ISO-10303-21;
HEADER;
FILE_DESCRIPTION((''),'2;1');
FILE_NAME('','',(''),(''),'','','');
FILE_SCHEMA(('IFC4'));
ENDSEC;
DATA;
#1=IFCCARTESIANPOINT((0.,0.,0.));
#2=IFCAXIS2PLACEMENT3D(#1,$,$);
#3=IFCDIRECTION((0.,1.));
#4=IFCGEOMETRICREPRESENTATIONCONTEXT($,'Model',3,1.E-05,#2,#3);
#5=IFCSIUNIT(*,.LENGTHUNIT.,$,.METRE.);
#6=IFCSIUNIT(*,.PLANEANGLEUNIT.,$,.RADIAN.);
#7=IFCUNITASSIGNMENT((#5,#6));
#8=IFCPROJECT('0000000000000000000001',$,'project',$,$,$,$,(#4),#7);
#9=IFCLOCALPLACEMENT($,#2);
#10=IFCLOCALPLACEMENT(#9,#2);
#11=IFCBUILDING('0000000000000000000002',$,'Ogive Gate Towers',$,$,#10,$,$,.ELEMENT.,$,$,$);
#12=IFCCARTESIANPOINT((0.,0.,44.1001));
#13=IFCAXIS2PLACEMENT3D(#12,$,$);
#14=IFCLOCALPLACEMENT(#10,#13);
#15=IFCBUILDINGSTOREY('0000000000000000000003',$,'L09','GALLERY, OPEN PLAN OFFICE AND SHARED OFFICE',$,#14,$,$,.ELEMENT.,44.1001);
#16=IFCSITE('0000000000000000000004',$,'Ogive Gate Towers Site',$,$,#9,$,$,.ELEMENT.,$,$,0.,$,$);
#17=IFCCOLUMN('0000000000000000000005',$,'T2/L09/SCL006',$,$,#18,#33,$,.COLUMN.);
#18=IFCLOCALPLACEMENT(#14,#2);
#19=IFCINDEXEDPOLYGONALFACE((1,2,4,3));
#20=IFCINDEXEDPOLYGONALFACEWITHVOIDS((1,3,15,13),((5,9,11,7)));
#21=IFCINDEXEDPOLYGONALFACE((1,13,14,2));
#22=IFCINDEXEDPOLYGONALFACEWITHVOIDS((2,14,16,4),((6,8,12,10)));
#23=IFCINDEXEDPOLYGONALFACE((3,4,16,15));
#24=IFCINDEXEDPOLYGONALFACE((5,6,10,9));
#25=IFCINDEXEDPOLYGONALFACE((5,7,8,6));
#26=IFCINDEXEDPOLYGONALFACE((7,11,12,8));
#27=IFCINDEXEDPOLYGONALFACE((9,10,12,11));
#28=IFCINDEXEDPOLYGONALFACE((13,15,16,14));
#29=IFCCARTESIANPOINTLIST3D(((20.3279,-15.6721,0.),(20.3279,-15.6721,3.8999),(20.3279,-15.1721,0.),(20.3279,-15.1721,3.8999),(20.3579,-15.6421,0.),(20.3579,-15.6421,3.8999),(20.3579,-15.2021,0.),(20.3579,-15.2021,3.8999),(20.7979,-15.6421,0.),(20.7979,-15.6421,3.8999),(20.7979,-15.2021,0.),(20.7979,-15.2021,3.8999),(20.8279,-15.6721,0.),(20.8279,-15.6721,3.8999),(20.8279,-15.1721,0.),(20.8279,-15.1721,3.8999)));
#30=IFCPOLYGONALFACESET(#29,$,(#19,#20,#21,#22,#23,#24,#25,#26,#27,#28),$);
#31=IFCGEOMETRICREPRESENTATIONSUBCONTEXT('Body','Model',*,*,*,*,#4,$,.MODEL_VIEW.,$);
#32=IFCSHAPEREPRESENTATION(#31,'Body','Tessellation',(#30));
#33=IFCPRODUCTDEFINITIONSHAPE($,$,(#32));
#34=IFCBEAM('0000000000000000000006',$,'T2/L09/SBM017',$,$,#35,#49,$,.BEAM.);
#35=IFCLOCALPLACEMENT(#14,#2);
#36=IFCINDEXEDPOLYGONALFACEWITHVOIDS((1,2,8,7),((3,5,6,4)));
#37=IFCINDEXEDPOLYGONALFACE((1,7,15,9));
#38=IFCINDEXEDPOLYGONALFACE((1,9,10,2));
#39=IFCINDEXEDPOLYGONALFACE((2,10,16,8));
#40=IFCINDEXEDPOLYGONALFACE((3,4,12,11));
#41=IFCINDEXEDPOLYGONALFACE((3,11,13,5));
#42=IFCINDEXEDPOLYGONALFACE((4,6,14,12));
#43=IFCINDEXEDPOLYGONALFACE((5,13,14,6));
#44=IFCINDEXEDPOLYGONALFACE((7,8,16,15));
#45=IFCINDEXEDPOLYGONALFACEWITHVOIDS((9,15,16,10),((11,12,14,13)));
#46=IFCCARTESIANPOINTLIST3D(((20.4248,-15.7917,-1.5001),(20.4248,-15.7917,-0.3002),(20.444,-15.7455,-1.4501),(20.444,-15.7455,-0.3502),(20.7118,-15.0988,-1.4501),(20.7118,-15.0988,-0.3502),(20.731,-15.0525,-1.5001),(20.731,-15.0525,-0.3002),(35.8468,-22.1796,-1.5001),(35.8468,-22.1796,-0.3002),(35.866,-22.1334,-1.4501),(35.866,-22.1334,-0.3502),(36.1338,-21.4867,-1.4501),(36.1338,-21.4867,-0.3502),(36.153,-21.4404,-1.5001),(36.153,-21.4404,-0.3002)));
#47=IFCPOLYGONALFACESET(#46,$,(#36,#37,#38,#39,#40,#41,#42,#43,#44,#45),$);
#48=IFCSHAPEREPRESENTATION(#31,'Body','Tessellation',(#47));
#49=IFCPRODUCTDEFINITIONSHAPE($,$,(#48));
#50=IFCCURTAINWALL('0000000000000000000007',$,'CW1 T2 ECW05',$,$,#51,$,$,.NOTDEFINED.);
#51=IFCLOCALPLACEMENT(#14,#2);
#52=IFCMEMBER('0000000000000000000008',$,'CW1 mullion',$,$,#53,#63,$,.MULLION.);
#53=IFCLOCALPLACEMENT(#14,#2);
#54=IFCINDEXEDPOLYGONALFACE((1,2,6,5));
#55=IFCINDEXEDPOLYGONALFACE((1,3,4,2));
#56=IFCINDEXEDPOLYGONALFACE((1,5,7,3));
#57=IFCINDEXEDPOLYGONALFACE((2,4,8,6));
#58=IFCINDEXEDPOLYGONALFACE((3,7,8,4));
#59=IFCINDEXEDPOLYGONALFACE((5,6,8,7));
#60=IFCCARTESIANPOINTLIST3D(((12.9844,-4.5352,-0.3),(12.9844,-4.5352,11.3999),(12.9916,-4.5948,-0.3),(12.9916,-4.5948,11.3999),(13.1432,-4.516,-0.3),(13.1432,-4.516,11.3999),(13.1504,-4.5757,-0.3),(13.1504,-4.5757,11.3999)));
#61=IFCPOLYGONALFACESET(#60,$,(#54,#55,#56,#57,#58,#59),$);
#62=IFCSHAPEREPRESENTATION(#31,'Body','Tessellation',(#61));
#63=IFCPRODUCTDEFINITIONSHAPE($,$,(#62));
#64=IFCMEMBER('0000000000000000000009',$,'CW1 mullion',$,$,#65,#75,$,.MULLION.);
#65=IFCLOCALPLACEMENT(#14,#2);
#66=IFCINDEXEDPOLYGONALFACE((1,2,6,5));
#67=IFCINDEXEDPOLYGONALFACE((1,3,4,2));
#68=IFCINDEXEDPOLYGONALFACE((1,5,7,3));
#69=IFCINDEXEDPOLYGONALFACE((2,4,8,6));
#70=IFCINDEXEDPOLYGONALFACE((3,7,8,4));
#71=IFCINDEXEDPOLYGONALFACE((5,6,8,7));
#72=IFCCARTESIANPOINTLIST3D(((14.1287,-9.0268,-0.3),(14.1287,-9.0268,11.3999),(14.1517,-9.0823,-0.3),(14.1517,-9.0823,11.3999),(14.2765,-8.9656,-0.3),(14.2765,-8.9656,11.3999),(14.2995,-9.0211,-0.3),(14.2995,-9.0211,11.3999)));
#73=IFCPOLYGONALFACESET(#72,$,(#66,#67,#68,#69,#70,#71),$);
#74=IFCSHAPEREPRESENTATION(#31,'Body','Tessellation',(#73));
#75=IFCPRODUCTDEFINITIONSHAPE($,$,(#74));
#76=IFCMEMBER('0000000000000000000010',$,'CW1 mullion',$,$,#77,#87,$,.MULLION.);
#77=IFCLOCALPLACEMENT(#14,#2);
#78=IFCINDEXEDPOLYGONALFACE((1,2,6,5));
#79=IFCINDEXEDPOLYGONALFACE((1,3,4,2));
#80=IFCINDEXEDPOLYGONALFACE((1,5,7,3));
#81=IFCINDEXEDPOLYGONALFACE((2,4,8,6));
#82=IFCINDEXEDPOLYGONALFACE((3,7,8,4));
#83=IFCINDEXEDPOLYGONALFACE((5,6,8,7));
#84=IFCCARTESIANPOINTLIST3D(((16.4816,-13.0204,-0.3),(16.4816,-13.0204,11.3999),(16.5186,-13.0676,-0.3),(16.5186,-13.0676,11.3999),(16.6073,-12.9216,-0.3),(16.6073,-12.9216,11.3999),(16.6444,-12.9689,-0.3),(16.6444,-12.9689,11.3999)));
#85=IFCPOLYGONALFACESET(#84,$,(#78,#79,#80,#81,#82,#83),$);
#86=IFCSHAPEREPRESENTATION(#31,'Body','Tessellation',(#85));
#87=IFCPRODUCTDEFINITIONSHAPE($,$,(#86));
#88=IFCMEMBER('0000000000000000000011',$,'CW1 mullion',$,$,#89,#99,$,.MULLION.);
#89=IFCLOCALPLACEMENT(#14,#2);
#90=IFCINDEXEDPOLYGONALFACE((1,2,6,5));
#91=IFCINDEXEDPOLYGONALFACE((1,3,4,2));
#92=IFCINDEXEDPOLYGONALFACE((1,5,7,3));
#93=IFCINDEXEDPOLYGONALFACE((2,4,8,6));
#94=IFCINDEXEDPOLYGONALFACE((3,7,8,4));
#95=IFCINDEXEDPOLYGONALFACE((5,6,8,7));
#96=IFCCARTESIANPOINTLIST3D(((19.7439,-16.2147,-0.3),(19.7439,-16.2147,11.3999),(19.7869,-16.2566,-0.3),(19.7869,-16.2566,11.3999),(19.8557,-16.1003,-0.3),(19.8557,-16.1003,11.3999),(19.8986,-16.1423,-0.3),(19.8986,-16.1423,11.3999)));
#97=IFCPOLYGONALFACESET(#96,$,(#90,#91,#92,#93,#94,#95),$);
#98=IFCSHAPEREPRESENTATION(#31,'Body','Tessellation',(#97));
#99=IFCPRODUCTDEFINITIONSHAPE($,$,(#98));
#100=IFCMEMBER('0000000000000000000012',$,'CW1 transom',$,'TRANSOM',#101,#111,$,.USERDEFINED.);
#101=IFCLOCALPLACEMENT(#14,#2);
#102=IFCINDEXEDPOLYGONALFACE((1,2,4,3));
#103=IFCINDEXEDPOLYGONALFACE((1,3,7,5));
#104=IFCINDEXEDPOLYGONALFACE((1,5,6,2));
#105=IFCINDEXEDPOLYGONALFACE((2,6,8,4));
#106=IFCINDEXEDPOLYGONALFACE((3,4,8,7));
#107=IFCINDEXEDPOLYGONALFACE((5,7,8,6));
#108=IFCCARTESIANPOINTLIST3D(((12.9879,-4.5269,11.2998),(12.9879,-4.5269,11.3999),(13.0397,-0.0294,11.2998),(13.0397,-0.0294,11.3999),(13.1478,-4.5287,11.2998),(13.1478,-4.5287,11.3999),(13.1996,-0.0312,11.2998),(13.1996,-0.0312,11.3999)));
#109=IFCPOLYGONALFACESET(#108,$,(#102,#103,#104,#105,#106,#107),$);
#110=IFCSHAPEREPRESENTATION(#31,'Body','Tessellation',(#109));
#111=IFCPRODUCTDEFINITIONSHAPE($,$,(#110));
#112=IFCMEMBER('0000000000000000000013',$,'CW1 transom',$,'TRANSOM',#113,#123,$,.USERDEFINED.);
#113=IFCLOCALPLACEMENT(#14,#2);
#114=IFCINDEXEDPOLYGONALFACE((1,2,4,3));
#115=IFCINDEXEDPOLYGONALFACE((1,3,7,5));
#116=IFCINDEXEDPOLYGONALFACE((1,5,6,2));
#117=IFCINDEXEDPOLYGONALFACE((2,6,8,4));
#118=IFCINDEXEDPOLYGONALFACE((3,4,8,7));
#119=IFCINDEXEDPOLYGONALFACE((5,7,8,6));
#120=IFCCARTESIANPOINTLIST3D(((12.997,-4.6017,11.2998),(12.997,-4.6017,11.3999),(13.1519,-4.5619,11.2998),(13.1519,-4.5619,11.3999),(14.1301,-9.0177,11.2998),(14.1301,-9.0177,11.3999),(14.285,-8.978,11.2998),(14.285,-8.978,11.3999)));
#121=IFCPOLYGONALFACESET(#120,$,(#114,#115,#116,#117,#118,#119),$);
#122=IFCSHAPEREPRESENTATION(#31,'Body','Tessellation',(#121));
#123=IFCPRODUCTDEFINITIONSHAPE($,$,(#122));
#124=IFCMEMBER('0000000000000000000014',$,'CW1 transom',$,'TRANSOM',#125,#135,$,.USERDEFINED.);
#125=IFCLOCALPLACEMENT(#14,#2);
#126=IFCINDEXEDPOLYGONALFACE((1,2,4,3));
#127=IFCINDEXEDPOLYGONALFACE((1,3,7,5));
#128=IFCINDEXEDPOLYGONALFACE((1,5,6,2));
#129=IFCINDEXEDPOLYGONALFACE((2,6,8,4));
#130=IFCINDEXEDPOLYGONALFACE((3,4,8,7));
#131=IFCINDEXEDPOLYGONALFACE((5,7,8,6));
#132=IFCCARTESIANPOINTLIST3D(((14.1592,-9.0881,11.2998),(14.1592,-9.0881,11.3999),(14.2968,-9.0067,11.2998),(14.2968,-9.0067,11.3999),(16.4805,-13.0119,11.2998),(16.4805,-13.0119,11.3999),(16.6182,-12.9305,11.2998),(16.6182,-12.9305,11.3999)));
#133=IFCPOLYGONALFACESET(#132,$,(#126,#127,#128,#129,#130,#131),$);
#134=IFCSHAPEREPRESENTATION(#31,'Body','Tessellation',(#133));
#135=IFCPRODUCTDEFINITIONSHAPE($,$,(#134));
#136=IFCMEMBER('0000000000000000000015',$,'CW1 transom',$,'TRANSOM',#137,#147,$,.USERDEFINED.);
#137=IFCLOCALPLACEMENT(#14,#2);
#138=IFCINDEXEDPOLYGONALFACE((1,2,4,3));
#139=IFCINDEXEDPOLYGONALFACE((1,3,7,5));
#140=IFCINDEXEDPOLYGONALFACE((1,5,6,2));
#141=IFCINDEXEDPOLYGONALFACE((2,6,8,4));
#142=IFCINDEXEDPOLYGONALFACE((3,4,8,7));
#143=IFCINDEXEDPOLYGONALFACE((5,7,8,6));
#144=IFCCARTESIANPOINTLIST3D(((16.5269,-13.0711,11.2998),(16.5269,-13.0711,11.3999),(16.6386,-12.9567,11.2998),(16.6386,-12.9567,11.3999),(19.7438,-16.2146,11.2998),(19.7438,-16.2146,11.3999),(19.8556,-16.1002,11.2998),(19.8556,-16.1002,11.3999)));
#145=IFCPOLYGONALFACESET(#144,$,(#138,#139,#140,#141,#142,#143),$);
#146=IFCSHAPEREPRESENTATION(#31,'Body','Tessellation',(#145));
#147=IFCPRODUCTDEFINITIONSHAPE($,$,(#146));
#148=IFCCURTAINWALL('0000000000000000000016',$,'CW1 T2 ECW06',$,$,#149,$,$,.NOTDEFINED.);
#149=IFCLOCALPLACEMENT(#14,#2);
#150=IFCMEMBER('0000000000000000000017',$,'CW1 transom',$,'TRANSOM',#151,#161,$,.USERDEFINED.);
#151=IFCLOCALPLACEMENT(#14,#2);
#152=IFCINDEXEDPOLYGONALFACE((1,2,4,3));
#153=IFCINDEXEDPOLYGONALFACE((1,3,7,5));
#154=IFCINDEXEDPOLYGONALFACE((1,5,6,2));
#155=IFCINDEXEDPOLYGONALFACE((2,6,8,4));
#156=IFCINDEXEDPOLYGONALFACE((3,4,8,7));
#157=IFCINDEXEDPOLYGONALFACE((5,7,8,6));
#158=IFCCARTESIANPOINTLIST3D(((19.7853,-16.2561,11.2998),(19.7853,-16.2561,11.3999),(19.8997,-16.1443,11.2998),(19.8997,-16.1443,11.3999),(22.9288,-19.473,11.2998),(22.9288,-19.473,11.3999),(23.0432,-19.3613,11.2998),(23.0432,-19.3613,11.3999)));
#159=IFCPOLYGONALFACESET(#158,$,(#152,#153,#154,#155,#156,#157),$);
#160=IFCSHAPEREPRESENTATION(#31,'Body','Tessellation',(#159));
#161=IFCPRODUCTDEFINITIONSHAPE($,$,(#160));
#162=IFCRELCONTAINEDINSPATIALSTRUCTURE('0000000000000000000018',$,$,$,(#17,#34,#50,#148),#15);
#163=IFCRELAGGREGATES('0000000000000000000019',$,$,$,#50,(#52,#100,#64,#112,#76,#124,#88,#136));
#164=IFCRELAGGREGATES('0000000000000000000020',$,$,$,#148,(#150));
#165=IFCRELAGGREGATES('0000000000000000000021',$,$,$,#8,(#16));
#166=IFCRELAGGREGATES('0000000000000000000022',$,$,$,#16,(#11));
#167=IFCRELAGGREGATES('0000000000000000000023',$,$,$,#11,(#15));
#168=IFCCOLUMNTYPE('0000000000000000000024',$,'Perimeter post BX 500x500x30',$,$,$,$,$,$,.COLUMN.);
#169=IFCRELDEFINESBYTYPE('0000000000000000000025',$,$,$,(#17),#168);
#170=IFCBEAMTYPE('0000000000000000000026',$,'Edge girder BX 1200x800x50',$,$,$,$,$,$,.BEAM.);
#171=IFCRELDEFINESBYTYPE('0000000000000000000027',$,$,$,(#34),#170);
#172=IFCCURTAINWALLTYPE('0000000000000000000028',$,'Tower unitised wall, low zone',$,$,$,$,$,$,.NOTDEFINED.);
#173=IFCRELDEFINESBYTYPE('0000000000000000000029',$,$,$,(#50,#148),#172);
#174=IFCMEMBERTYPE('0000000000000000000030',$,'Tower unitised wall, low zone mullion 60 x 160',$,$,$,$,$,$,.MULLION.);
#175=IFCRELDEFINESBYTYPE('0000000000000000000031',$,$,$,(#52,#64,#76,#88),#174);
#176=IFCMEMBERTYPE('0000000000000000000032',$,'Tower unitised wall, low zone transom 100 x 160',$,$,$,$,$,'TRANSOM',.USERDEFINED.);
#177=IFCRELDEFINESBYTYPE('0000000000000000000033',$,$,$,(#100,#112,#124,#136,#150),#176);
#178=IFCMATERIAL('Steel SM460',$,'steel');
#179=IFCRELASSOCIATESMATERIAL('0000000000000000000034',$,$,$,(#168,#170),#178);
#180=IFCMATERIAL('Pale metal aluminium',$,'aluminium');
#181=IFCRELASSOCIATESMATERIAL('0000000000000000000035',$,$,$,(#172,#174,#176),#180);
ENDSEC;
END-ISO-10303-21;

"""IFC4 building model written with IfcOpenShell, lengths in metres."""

from ifc_helpers import new_model, si_unit, direction, frame, origin, origin_2d, place, context, subcontext, project, spatial, rectangle, hollow_rectangle, extrude, material, material_profile, profile_set, type_object, element, aggregate, save


model = new_model("IFC4")

# Units and contexts
model_context = context("Model", 3, precision=1e-05, world=origin(), true_north=direction((0.0, 1.0)))
body_context = subcontext(model_context, "Body", "Model", "MODEL_VIEW")
ifc_project = project(units=[si_unit("LENGTHUNIT", "METRE"), si_unit("PLANEANGLEUNIT", "RADIAN")], contexts=[model_context])

# Site, building, storey
site_placement = place(None, origin())
site = spatial("IfcSite", under=ifc_project, at=site_placement, Name="Ogive Gate Towers Site", CompositionType="ELEMENT", RefElevation=0.0)
building_placement = place(site_placement, origin())
building = spatial("IfcBuilding", under=site, at=building_placement, Name="Ogive Gate Towers", CompositionType="ELEMENT")
storey_placement = place(building_placement, frame((0.0, 0.0, 44.1001)))
storey = spatial("IfcBuildingStorey", under=building, at=storey_placement, Name="L09", Description="GALLERY, OPEN PLAN OFFICE AND SHARED OFFICE", CompositionType="ELEMENT", Elevation=44.1001)

# Column
ifc_material_1 = material(Name="Steel SM460", Category="steel")
ifc_material_profile_1 = material_profile(ifc_material_1, hollow_rectangle(XDim=0.5, YDim=0.5, WallThickness=0.03, at=origin_2d()), Name="BX 500x500x30")
ifc_profile_set_1 = profile_set([ifc_material_profile_1], Name="Steel SM460")
column_type = type_object("IfcColumnType", Name="Perimeter post BX 500x500x30", PredefinedType="COLUMN", material=ifc_profile_set_1)
column_placement = place(storey_placement, frame((20.5779, -15.4221, 0.0), z_axis=(0.0, 0.0, 1.0), x_axis=(1.0, 0.0, 0.0)))
element("IfcColumn", 1, at=column_placement, inside=storey, type_object=column_type, Name="T2/L09/SCL006", PredefinedType="COLUMN", context=body_context, shape_type="SweptSolid", body=[
    extrude(hollow_rectangle(XDim=0.5, YDim=0.5, WallThickness=0.03, at=origin_2d()), origin(), (0.0, 0.0, 1.0), 3.8999),
])

# Beam
ifc_material_profile_2 = material_profile(ifc_material_1, hollow_rectangle(XDim=0.8, YDim=1.2, WallThickness=0.05, at=origin_2d()), Name="BX 1200x800x50")
ifc_profile_set_2 = profile_set([ifc_material_profile_2], Name="Steel SM460")
beam_type = type_object("IfcBeamType", Name="Edge girder BX 1200x800x50", PredefinedType="BEAM", material=ifc_profile_set_2)
beam_placement = place(storey_placement, frame((20.5779, -15.4221, -0.9001), z_axis=(0.923882, -0.382678, 0.0), x_axis=(0.382678, 0.923882, 0.0)))
element("IfcBeam", 2, at=beam_placement, inside=storey, type_object=beam_type, Name="T2/L09/SBM017", PredefinedType="BEAM", context=body_context, shape_type="SweptSolid", body=[
    extrude(hollow_rectangle(XDim=0.8, YDim=1.2, WallThickness=0.05, at=origin_2d()), origin(), (0.0, 0.0, 1.0), 16.6926),
])

# Curtain wall, members
ifc_material_2 = material(Name="Pale metal aluminium", Category="aluminium")
curtain_wall_type = type_object("IfcCurtainWallType", Name="Tower unitised wall, low zone", PredefinedType="NOTDEFINED", material=ifc_material_2)
curtain_wall_1_placement = place(storey_placement, origin())
curtain_wall_1 = element("IfcCurtainWall", 3, at=curtain_wall_1_placement, inside=storey, type_object=curtain_wall_type, Name="CW1 T2 ECW05", PredefinedType="NOTDEFINED")
ifc_material_profile_3 = material_profile(ifc_material_2, rectangle(XDim=0.1599, YDim=0.0601, at=origin_2d()), Name="60 x 160 aluminium box")
ifc_profile_set_3 = profile_set([ifc_material_profile_3], Name="Pale metal aluminium")
member_type_1 = type_object("IfcMemberType", Name="Tower unitised wall, low zone mullion 60 x 160", PredefinedType="MULLION", material=ifc_profile_set_3)
member_1_placement = place(storey_placement, frame((13.0674, -4.5554, -0.3), z_axis=(0.0, 0.0, 1.0), x_axis=(-0.992828, -0.119548, 0.0)))
member_1 = element("IfcMember", 4, at=member_1_placement, type_object=member_type_1, Name="CW1 mullion", PredefinedType="MULLION", context=body_context, shape_type="SweptSolid", body=[
    extrude(rectangle(XDim=0.1599, YDim=0.0601, at=origin_2d()), origin(), (0.0, 0.0, 1.0), 11.7),
])
member_2_placement = place(storey_placement, frame((14.2141, -9.0239, -0.3), z_axis=(0.0, 0.0, 1.0), x_axis=(-0.92388, -0.382683, 0.0)))
member_2 = element("IfcMember", 5, at=member_2_placement, type_object=member_type_1, Name="CW1 mullion", PredefinedType="MULLION", context=body_context, shape_type="SweptSolid", body=[
    extrude(rectangle(XDim=0.1599, YDim=0.0601, at=origin_2d()), origin(), (0.0, 0.0, 1.0), 11.7),
])
member_3_placement = place(storey_placement, frame((16.563, -12.9946, -0.3), z_axis=(0.0, 0.0, 1.0), x_axis=(-0.786558, -0.617516, 0.0)))
member_3 = element("IfcMember", 6, at=member_3_placement, type_object=member_type_1, Name="CW1 mullion", PredefinedType="MULLION", context=body_context, shape_type="SweptSolid", body=[
    extrude(rectangle(XDim=0.1599, YDim=0.0601, at=origin_2d()), origin(), (0.0, 0.0, 1.0), 11.7),
])
member_4_placement = place(storey_placement, frame((19.8213, -16.1785, -0.3), z_axis=(0.0, 0.0, 1.0), x_axis=(-0.698915, -0.715205, 0.0)))
member_4 = element("IfcMember", 7, at=member_4_placement, type_object=member_type_1, Name="CW1 mullion", PredefinedType="MULLION", context=body_context, shape_type="SweptSolid", body=[
    extrude(rectangle(XDim=0.1599, YDim=0.0601, at=origin_2d()), origin(), (0.0, 0.0, 1.0), 11.7),
])
ifc_material_profile_4 = material_profile(ifc_material_2, rectangle(XDim=0.1599, YDim=0.1001, at=origin_2d()), Name="100 x 160 aluminium box")
ifc_profile_set_4 = profile_set([ifc_material_profile_4], Name="Pale metal aluminium")
member_type_2 = type_object("IfcMemberType", Name="Tower unitised wall, low zone transom 100 x 160", ElementType="TRANSOM", PredefinedType="USERDEFINED", material=ifc_profile_set_4)
member_5_placement = place(storey_placement, frame((13.1196, -0.0303, 11.3499), z_axis=(-0.011507, -0.999934, 0.0), x_axis=(0.999934, -0.011507, 0.0)))
member_5 = element("IfcMember", 8, at=member_5_placement, type_object=member_type_2, Name="CW1 transom", ObjectType="TRANSOM", PredefinedType="USERDEFINED", context=body_context, shape_type="SweptSolid", body=[
    extrude(rectangle(XDim=0.1599, YDim=0.1001, at=origin_2d()), origin(), (0.0, 0.0, 1.0), 4.4978),
])
member_6_placement = place(storey_placement, frame((13.0745, -4.5818, 11.3499), z_axis=(0.248529, -0.968625, 0.0), x_axis=(0.968625, 0.248529, 0.0)))
member_6 = element("IfcMember", 9, at=member_6_placement, type_object=member_type_2, Name="CW1 transom", ObjectType="TRANSOM", PredefinedType="USERDEFINED", context=body_context, shape_type="SweptSolid", body=[
    extrude(rectangle(XDim=0.1599, YDim=0.1001, at=origin_2d()), origin(), (0.0, 0.0, 1.0), 4.5591),
])
member_7_placement = place(storey_placement, frame((14.228, -9.0474, 11.3499), z_axis=(0.509162, -0.860671, 0.0), x_axis=(0.860671, 0.509162, 0.0)))
member_7 = element("IfcMember", 10, at=member_7_placement, type_object=member_type_2, Name="CW1 transom", ObjectType="TRANSOM", PredefinedType="USERDEFINED", context=body_context, shape_type="SweptSolid", body=[
    extrude(rectangle(XDim=0.1599, YDim=0.1001, at=origin_2d()), origin(), (0.0, 0.0, 1.0), 4.5591),
])
member_8_placement = place(storey_placement, frame((16.5828, -13.0139, 11.3499), z_axis=(0.715229, -0.698891, 0.0), x_axis=(0.698891, 0.715229, 0.0)))
member_8 = element("IfcMember", 11, at=member_8_placement, type_object=member_type_2, Name="CW1 transom", ObjectType="TRANSOM", PredefinedType="USERDEFINED", context=body_context, shape_type="SweptSolid", body=[
    extrude(rectangle(XDim=0.1599, YDim=0.1001, at=origin_2d()), origin(), (0.0, 0.0, 1.0), 4.4978),
])

# Curtain wall, member
curtain_wall_2_placement = place(storey_placement, origin())
curtain_wall_2 = element("IfcCurtainWall", 12, at=curtain_wall_2_placement, inside=storey, type_object=curtain_wall_type, Name="CW1 T2 ECW06", PredefinedType="NOTDEFINED")
member_9_placement = place(storey_placement, frame((19.8425, -16.2002, 11.3499), z_axis=(0.698891, -0.715229, 0.0), x_axis=(0.715229, 0.698891, 0.0)))
member_9 = element("IfcMember", 13, at=member_9_placement, type_object=member_type_2, Name="CW1 transom", ObjectType="TRANSOM", PredefinedType="USERDEFINED", context=body_context, shape_type="SweptSolid", body=[
    extrude(rectangle(XDim=0.1599, YDim=0.1001, at=origin_2d()), origin(), (0.0, 0.0, 1.0), 4.4978),
])

aggregate(curtain_wall_1, [member_1, member_5, member_2, member_6, member_3, member_7, member_4, member_8])
aggregate(curtain_wall_2, [member_9])

save(model, "model.ifc")
